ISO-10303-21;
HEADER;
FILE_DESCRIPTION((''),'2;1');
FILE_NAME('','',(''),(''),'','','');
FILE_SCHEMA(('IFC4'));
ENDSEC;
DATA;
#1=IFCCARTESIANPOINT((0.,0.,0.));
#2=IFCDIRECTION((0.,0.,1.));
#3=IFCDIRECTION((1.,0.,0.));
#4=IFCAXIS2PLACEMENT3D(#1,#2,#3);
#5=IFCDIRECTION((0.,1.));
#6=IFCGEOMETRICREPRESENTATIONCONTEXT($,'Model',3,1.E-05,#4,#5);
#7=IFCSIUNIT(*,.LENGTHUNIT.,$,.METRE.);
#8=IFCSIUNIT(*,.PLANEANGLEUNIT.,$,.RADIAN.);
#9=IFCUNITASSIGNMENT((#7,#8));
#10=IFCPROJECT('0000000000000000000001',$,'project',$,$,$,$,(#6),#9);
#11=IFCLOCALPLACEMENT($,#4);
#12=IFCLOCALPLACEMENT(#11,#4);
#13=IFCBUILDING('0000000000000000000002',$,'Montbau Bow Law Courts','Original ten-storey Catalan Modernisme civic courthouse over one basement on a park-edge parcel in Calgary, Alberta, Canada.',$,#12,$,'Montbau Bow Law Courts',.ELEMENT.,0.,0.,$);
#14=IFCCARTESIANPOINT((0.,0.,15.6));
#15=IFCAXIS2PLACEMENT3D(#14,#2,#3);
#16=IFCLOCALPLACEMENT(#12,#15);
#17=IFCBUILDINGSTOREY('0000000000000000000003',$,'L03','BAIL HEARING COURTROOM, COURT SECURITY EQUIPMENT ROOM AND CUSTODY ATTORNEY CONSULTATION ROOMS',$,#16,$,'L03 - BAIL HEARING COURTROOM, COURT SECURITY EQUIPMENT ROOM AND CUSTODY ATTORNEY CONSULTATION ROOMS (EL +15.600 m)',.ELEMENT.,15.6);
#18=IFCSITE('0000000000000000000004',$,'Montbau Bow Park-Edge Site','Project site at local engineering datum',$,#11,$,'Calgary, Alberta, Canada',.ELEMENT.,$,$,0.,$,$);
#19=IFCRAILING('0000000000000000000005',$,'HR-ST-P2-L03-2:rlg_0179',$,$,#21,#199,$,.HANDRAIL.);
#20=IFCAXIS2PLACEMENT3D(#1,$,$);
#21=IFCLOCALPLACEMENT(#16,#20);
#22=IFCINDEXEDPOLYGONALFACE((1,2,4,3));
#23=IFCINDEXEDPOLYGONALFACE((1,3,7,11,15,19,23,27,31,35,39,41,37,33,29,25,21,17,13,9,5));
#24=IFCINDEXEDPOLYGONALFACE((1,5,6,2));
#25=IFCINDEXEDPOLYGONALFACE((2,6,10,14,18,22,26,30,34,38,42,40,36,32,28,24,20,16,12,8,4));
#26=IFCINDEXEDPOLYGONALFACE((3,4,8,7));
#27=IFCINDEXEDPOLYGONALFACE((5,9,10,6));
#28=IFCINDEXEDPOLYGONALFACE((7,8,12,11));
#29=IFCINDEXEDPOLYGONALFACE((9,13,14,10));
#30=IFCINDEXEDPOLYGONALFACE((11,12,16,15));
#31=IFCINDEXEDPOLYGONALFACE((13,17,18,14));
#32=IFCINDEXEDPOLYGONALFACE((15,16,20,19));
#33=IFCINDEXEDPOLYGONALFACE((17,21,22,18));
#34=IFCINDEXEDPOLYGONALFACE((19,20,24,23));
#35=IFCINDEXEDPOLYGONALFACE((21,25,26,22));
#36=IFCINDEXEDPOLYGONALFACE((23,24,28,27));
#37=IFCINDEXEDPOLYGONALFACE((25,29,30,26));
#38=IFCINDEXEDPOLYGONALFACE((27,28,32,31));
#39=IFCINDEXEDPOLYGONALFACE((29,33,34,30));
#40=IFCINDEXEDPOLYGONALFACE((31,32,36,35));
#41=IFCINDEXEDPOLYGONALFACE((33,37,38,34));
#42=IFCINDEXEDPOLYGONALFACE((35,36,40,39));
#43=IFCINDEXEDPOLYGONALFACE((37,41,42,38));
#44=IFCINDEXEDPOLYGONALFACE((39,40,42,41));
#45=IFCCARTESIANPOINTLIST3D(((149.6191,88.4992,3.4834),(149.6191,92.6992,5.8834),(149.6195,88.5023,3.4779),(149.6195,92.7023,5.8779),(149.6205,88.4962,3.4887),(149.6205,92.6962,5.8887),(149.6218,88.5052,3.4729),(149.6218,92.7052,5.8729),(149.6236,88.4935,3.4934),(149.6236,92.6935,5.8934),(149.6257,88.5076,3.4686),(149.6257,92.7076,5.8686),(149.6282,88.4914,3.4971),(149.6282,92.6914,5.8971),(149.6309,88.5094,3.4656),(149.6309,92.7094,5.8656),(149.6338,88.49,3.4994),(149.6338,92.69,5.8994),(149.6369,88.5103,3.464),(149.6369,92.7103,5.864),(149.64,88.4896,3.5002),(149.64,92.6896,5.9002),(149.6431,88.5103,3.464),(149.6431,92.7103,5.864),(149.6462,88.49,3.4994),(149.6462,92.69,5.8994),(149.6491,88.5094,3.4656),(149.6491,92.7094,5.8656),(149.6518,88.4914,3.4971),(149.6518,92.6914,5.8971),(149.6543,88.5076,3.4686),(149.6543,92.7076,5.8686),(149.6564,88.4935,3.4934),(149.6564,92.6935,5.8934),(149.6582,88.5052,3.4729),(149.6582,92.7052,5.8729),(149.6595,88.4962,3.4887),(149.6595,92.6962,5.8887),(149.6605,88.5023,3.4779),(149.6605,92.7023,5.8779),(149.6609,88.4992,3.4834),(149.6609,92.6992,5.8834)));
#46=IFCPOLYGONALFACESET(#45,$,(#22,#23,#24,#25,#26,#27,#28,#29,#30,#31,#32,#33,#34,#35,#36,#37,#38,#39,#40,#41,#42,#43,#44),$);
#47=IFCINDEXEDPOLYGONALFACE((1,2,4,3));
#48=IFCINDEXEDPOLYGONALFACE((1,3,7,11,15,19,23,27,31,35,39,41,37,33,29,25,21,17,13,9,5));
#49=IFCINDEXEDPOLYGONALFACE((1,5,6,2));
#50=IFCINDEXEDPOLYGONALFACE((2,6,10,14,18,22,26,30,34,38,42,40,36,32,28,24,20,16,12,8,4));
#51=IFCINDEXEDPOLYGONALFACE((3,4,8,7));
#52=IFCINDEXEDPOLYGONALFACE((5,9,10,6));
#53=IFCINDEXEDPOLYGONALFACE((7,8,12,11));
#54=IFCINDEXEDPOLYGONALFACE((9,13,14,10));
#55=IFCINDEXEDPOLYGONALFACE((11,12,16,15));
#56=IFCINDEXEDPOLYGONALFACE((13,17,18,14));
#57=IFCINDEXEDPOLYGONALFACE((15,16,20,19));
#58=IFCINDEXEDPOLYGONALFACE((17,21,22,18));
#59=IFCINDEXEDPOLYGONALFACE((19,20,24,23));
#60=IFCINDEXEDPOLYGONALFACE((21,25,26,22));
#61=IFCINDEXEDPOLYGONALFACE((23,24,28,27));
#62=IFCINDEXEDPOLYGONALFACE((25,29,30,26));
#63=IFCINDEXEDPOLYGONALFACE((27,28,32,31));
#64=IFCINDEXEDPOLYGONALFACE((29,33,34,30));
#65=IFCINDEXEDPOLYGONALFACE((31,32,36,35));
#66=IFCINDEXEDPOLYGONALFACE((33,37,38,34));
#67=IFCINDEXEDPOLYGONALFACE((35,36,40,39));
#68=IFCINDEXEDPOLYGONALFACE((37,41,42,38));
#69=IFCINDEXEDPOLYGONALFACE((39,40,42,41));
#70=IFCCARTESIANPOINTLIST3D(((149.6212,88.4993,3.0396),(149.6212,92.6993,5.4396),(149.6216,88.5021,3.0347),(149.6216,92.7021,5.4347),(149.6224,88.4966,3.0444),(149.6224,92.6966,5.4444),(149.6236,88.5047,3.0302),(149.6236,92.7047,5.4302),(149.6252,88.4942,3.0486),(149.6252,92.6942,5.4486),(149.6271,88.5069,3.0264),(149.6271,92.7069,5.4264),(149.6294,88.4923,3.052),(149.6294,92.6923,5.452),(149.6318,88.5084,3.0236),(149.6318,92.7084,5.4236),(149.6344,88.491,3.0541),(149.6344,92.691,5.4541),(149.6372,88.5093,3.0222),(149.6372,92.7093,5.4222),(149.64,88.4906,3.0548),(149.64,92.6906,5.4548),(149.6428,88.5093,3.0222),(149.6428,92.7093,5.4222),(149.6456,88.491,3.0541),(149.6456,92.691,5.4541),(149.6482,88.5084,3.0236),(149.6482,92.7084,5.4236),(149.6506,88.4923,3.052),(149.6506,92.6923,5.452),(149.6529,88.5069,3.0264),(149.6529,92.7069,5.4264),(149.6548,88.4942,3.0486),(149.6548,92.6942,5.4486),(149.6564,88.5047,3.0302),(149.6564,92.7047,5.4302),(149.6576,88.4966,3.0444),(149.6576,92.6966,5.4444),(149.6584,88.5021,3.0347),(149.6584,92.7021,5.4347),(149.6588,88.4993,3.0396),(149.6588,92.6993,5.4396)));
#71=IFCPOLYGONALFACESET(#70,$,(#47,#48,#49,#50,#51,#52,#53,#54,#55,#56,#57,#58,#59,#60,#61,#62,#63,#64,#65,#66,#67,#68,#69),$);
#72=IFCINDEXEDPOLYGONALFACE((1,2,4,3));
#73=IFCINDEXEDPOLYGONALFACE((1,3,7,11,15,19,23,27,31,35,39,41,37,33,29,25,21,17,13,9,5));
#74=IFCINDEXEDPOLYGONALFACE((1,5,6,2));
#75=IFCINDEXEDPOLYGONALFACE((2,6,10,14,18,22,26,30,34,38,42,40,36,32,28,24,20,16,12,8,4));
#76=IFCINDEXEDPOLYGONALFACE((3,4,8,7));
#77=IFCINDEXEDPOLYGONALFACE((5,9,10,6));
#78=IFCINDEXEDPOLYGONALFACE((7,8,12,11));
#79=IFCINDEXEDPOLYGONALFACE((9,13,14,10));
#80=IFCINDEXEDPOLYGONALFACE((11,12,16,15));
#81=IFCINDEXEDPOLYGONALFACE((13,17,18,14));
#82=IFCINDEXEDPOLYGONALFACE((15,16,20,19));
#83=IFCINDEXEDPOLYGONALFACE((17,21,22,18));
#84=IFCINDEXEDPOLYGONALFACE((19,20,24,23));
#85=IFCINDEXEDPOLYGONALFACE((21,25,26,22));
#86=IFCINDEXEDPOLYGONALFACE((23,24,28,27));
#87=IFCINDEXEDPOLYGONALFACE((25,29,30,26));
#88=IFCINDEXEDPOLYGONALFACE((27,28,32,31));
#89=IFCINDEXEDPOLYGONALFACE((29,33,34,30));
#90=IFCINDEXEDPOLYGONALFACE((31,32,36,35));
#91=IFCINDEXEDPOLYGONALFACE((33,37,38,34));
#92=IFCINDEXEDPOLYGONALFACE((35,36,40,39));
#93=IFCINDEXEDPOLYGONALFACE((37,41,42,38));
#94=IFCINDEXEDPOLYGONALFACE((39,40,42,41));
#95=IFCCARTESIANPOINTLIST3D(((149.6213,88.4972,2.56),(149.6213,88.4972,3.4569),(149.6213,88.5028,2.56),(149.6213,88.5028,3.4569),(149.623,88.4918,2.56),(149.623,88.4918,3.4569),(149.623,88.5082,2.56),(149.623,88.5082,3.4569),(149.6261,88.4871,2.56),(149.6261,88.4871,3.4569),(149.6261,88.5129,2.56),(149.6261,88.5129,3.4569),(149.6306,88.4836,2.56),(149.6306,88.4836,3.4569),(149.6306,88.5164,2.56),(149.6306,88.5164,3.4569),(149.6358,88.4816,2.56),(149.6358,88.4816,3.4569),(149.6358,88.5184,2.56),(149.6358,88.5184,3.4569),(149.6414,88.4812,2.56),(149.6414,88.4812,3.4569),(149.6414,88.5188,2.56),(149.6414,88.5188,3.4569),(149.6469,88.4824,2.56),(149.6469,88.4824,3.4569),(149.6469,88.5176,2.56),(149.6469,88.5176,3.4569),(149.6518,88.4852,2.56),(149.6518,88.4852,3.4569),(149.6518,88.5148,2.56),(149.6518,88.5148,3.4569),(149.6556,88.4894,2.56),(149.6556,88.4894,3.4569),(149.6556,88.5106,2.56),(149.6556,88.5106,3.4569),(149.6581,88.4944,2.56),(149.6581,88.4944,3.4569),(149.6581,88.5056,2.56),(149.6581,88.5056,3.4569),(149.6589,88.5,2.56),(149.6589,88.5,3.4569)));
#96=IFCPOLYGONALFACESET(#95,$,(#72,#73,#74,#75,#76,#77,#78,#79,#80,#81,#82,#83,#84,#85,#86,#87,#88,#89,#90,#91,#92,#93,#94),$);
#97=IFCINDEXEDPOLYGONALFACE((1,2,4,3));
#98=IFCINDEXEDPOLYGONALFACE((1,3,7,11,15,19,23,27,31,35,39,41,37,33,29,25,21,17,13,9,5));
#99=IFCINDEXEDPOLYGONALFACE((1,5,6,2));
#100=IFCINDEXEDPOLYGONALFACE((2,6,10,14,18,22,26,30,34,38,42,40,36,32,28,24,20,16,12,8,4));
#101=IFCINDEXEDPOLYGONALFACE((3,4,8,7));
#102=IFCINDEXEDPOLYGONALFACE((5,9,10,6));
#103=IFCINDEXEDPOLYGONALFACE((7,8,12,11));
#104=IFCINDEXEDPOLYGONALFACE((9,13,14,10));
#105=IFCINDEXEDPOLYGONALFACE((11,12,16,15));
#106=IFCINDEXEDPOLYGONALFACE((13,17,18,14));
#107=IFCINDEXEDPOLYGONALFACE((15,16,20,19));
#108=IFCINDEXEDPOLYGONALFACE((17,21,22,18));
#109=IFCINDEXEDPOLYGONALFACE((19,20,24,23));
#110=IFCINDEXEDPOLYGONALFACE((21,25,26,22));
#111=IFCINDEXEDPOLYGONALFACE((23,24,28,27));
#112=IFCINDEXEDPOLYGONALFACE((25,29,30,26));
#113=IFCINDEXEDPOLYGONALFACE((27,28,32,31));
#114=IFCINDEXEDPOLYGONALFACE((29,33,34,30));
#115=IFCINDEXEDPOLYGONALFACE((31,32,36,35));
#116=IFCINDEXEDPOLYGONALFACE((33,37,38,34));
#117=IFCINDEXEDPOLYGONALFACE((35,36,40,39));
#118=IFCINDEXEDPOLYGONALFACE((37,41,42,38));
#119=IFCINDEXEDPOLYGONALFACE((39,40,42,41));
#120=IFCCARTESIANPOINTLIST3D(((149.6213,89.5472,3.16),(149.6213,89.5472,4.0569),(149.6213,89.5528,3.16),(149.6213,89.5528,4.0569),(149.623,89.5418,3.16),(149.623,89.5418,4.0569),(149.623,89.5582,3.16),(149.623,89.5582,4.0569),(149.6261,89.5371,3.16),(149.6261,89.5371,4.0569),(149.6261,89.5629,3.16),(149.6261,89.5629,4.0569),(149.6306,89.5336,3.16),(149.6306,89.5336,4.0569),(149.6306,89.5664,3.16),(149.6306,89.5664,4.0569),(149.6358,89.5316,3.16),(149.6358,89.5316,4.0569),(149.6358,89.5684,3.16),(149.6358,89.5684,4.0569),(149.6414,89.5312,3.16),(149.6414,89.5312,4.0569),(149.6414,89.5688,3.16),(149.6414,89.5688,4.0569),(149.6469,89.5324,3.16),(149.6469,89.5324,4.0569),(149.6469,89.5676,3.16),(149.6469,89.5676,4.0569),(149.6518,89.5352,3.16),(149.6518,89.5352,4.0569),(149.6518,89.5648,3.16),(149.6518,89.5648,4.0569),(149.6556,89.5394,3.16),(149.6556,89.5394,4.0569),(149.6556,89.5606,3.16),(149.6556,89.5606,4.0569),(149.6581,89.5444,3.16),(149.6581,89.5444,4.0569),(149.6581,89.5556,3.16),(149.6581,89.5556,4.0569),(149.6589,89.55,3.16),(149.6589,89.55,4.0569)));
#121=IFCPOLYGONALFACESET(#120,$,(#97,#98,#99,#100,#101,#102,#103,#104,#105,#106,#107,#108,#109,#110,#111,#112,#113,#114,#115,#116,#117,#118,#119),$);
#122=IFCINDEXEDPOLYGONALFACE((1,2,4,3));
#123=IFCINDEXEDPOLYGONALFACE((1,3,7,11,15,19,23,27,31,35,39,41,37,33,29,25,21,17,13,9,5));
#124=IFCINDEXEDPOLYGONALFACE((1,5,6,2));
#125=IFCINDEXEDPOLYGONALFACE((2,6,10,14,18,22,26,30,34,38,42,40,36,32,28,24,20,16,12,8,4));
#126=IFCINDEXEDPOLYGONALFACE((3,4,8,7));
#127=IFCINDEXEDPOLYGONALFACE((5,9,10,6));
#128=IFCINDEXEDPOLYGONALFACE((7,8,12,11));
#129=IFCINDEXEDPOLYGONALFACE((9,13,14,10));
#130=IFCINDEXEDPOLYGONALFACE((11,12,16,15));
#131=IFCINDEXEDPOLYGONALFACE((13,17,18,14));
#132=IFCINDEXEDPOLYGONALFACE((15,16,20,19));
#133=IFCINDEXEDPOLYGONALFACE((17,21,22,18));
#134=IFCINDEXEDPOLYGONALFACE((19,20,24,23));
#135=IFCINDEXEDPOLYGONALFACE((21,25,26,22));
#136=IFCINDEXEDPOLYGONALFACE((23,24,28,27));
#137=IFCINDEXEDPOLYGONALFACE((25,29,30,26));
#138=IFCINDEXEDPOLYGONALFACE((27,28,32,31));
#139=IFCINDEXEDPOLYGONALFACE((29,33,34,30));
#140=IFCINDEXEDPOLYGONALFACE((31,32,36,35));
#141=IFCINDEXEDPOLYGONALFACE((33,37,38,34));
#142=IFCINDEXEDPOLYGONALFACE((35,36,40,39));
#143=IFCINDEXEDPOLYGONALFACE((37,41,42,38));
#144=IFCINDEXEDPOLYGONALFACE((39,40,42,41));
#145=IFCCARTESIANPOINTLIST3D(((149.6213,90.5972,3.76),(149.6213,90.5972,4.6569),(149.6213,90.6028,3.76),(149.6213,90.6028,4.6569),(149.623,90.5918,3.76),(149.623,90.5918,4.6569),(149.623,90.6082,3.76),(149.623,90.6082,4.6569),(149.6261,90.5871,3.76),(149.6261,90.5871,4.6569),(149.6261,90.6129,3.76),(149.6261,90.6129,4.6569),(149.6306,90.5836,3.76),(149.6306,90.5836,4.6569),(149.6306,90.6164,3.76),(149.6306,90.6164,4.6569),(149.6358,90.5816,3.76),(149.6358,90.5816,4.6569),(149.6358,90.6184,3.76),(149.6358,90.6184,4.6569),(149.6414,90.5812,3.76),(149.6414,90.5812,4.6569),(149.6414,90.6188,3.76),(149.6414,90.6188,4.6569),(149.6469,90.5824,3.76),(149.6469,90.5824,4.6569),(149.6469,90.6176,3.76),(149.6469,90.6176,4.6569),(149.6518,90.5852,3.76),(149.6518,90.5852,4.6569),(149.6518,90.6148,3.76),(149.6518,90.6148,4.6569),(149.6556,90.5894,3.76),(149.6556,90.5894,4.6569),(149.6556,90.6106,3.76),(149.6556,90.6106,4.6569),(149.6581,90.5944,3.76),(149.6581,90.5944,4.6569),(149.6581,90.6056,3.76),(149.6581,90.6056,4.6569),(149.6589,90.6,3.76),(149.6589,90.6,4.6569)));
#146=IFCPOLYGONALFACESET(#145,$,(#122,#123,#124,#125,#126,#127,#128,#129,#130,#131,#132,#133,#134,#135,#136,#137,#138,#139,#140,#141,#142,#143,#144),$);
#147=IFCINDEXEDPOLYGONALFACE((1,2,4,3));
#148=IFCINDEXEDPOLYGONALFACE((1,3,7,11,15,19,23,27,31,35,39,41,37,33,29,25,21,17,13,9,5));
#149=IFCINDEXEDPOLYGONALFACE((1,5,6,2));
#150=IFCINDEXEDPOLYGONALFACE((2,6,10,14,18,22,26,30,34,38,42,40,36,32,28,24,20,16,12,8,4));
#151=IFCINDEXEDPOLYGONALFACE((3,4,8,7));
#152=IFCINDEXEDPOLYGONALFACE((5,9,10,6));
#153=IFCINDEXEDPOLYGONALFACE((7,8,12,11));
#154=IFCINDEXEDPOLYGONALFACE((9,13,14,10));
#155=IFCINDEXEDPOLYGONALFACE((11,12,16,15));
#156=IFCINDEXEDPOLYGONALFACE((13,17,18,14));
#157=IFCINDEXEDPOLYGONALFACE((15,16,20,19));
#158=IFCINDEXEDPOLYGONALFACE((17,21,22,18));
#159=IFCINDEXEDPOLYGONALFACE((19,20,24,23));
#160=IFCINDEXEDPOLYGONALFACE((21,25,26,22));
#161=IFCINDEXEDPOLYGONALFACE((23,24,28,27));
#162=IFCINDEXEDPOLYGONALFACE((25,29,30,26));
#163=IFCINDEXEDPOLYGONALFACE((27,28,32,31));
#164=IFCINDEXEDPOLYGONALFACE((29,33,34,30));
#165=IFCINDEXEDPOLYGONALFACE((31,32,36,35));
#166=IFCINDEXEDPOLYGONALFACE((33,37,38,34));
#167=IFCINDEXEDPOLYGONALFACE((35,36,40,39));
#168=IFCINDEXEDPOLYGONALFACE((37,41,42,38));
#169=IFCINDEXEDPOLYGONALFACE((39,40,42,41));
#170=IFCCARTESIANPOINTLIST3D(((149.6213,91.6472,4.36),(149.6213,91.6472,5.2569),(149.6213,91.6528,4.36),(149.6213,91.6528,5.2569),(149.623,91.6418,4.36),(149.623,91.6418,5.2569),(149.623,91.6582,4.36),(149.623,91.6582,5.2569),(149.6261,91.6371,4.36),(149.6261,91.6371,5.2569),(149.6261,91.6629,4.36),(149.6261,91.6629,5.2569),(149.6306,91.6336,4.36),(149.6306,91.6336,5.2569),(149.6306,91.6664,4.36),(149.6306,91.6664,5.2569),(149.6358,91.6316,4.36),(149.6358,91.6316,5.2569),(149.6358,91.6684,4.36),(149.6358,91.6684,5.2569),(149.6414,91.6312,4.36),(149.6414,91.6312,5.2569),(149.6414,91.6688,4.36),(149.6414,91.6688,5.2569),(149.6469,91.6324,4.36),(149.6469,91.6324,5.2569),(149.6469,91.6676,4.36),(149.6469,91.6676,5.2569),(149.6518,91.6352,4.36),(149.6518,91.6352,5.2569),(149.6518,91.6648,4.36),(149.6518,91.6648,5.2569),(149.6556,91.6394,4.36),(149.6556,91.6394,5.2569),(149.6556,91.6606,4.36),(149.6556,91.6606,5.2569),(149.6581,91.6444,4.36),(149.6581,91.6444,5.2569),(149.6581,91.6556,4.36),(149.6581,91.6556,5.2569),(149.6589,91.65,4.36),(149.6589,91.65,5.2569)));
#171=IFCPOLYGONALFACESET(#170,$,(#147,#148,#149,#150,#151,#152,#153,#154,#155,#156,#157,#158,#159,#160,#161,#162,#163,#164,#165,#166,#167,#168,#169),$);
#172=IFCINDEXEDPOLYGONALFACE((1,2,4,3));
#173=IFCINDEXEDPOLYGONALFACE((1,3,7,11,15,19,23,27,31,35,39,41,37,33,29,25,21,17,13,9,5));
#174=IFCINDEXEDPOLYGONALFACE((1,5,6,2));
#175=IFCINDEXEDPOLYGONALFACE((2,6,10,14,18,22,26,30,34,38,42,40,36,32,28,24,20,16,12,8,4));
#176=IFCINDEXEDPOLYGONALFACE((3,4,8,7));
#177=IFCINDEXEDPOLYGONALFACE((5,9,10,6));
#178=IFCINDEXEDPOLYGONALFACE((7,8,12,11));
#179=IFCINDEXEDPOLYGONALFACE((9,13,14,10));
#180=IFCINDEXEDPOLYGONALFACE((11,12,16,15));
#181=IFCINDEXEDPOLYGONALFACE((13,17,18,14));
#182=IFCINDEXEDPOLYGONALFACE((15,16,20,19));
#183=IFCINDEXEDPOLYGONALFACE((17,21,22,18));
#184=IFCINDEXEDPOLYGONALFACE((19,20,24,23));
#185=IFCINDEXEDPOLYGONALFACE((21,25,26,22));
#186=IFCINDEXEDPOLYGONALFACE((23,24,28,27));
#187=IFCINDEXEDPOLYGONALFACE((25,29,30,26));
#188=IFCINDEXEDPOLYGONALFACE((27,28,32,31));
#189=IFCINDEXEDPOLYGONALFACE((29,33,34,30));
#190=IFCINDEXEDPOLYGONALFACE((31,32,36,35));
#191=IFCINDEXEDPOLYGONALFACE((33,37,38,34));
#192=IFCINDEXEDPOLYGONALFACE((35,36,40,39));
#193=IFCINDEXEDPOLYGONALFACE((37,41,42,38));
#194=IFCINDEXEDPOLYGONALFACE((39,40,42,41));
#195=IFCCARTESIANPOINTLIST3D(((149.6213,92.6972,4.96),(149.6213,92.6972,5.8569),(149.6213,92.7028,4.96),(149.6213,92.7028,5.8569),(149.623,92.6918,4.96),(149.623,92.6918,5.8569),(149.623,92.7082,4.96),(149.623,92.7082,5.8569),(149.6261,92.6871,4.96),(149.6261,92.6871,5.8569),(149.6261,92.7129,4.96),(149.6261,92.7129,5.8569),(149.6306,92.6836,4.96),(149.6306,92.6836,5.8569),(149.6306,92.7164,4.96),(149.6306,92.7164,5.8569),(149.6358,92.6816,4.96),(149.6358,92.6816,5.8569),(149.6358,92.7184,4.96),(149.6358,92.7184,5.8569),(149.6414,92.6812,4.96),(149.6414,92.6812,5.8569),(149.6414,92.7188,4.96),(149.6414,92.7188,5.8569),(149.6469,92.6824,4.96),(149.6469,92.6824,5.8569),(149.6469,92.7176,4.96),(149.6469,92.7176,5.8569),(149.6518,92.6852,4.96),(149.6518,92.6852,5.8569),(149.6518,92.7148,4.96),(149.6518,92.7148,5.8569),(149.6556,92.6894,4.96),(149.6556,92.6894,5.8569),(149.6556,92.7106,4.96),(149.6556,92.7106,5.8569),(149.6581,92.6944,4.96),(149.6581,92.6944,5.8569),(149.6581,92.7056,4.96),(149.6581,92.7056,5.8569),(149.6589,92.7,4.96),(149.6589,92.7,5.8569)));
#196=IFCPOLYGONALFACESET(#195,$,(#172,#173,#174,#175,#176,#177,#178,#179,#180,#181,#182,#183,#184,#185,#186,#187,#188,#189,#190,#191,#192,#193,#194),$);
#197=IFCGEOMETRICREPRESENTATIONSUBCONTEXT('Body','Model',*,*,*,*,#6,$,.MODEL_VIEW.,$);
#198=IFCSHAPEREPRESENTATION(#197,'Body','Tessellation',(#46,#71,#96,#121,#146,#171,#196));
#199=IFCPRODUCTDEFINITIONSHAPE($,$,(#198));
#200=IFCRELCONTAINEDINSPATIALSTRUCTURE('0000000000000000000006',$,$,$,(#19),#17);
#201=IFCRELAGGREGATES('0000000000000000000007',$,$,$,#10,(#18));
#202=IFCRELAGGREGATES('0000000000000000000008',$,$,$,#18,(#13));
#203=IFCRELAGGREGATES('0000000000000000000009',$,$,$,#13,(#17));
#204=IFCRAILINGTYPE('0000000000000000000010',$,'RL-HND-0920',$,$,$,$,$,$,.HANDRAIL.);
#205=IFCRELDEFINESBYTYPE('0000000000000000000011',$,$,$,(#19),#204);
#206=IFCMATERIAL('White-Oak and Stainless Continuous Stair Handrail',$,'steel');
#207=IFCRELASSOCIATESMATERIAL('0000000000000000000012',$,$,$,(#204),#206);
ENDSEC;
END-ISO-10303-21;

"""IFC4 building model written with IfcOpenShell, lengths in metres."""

from ifc_helpers import new_model, si_unit, direction, frame, origin_with_axes, origin_2d_with_axis, place, context, subcontext, project, spatial, circle, extrude, material, type_object, element, save


model = new_model("IFC4")

# Units and contexts
model_context = context("Model", 3, precision=1e-05, world=origin_with_axes(), true_north=direction((0.0, 1.0)))
body_context = subcontext(model_context, "Body", "Model", "MODEL_VIEW")
ifc_project = project(units=[si_unit("LENGTHUNIT", "METRE"), si_unit("PLANEANGLEUNIT", "RADIAN")], contexts=[model_context])

# Site, building, storey
site_placement = place(None, origin_with_axes())
site = spatial("IfcSite", under=ifc_project, at=site_placement, Name="Montbau Bow Park-Edge Site", Description="Project site at local engineering datum", LongName="Calgary, Alberta, Canada", CompositionType="ELEMENT", RefElevation=0.0)
building_placement = place(site_placement, origin_with_axes())
building = spatial("IfcBuilding", under=site, at=building_placement, Name="Montbau Bow Law Courts", Description="Original ten-storey Catalan Modernisme civic courthouse over one basement on a park-edge parcel in Calgary, Alberta, Canada.", LongName="Montbau Bow Law Courts", CompositionType="ELEMENT", ElevationOfRefHeight=0.0, ElevationOfTerrain=0.0)
storey_placement = place(building_placement, frame((0.0, 0.0, 15.6), z_axis=(0.0, 0.0, 1.0), x_axis=(1.0, 0.0, 0.0)))
storey = spatial("IfcBuildingStorey", under=building, at=storey_placement, Name="L03", Description="BAIL HEARING COURTROOM, COURT SECURITY EQUIPMENT ROOM AND CUSTODY ATTORNEY CONSULTATION ROOMS", LongName="L03 - BAIL HEARING COURTROOM, COURT SECURITY EQUIPMENT ROOM AND CUSTODY ATTORNEY CONSULTATION ROOMS (EL +15.600 m)", CompositionType="ELEMENT", Elevation=15.6)

# Railing
ifc_material_1 = material(Name="White-Oak and Stainless Continuous Stair Handrail", Category="steel")
railing_type_1 = type_object("IfcRailingType", Name="RL-HND-0920", PredefinedType="HANDRAIL", material=ifc_material_1)
railing_1_placement = place(None, origin_with_axes())
element("IfcRailing", 1, at=railing_1_placement, inside=storey, type_object=railing_type_1, Name="HR-ST-P2-L03-2:rlg_0179", PredefinedType="HANDRAIL", context=body_context, shape_type="SweptSolid", body=[
    extrude(circle(Radius=0.021, at=origin_2d_with_axis()), frame((149.64, 88.5, 19.082), z_axis=(0.0, 0.868243, 0.496139), x_axis=(0.0, -0.496139, 0.868243)), (0.0, 0.0, 1.0), 4.8374),
    extrude(circle(Radius=0.0189, at=origin_2d_with_axis()), frame((149.64, 88.5, 18.6384), z_axis=(0.0, 0.868243, 0.496139), x_axis=(0.0, -0.496139, 0.868243)), (0.0, 0.0, 1.0), 4.8374),
    extrude(circle(Radius=0.0189, at=origin_2d_with_axis()), frame((149.64, 88.5, 18.16), z_axis=(0.0, 0.0, 1.0), x_axis=(1.0, 0.0, 0.0)), (0.0, 0.0, 1.0), 0.8969),
    extrude(circle(Radius=0.0189, at=origin_2d_with_axis()), frame((149.64, 89.55, 18.76), z_axis=(0.0, 0.0, 1.0), x_axis=(1.0, 0.0, 0.0)), (0.0, 0.0, 1.0), 0.8969),
    extrude(circle(Radius=0.0189, at=origin_2d_with_axis()), frame((149.64, 90.6, 19.36), z_axis=(0.0, 0.0, 1.0), x_axis=(1.0, 0.0, 0.0)), (0.0, 0.0, 1.0), 0.8969),
    extrude(circle(Radius=0.0189, at=origin_2d_with_axis()), frame((149.64, 91.65, 19.96), z_axis=(0.0, 0.0, 1.0), x_axis=(1.0, 0.0, 0.0)), (0.0, 0.0, 1.0), 0.8969),
    extrude(circle(Radius=0.0189, at=origin_2d_with_axis()), frame((149.64, 92.7, 20.56), z_axis=(0.0, 0.0, 1.0), x_axis=(1.0, 0.0, 0.0)), (0.0, 0.0, 1.0), 0.8969),
])

save(model, "model.ifc")
